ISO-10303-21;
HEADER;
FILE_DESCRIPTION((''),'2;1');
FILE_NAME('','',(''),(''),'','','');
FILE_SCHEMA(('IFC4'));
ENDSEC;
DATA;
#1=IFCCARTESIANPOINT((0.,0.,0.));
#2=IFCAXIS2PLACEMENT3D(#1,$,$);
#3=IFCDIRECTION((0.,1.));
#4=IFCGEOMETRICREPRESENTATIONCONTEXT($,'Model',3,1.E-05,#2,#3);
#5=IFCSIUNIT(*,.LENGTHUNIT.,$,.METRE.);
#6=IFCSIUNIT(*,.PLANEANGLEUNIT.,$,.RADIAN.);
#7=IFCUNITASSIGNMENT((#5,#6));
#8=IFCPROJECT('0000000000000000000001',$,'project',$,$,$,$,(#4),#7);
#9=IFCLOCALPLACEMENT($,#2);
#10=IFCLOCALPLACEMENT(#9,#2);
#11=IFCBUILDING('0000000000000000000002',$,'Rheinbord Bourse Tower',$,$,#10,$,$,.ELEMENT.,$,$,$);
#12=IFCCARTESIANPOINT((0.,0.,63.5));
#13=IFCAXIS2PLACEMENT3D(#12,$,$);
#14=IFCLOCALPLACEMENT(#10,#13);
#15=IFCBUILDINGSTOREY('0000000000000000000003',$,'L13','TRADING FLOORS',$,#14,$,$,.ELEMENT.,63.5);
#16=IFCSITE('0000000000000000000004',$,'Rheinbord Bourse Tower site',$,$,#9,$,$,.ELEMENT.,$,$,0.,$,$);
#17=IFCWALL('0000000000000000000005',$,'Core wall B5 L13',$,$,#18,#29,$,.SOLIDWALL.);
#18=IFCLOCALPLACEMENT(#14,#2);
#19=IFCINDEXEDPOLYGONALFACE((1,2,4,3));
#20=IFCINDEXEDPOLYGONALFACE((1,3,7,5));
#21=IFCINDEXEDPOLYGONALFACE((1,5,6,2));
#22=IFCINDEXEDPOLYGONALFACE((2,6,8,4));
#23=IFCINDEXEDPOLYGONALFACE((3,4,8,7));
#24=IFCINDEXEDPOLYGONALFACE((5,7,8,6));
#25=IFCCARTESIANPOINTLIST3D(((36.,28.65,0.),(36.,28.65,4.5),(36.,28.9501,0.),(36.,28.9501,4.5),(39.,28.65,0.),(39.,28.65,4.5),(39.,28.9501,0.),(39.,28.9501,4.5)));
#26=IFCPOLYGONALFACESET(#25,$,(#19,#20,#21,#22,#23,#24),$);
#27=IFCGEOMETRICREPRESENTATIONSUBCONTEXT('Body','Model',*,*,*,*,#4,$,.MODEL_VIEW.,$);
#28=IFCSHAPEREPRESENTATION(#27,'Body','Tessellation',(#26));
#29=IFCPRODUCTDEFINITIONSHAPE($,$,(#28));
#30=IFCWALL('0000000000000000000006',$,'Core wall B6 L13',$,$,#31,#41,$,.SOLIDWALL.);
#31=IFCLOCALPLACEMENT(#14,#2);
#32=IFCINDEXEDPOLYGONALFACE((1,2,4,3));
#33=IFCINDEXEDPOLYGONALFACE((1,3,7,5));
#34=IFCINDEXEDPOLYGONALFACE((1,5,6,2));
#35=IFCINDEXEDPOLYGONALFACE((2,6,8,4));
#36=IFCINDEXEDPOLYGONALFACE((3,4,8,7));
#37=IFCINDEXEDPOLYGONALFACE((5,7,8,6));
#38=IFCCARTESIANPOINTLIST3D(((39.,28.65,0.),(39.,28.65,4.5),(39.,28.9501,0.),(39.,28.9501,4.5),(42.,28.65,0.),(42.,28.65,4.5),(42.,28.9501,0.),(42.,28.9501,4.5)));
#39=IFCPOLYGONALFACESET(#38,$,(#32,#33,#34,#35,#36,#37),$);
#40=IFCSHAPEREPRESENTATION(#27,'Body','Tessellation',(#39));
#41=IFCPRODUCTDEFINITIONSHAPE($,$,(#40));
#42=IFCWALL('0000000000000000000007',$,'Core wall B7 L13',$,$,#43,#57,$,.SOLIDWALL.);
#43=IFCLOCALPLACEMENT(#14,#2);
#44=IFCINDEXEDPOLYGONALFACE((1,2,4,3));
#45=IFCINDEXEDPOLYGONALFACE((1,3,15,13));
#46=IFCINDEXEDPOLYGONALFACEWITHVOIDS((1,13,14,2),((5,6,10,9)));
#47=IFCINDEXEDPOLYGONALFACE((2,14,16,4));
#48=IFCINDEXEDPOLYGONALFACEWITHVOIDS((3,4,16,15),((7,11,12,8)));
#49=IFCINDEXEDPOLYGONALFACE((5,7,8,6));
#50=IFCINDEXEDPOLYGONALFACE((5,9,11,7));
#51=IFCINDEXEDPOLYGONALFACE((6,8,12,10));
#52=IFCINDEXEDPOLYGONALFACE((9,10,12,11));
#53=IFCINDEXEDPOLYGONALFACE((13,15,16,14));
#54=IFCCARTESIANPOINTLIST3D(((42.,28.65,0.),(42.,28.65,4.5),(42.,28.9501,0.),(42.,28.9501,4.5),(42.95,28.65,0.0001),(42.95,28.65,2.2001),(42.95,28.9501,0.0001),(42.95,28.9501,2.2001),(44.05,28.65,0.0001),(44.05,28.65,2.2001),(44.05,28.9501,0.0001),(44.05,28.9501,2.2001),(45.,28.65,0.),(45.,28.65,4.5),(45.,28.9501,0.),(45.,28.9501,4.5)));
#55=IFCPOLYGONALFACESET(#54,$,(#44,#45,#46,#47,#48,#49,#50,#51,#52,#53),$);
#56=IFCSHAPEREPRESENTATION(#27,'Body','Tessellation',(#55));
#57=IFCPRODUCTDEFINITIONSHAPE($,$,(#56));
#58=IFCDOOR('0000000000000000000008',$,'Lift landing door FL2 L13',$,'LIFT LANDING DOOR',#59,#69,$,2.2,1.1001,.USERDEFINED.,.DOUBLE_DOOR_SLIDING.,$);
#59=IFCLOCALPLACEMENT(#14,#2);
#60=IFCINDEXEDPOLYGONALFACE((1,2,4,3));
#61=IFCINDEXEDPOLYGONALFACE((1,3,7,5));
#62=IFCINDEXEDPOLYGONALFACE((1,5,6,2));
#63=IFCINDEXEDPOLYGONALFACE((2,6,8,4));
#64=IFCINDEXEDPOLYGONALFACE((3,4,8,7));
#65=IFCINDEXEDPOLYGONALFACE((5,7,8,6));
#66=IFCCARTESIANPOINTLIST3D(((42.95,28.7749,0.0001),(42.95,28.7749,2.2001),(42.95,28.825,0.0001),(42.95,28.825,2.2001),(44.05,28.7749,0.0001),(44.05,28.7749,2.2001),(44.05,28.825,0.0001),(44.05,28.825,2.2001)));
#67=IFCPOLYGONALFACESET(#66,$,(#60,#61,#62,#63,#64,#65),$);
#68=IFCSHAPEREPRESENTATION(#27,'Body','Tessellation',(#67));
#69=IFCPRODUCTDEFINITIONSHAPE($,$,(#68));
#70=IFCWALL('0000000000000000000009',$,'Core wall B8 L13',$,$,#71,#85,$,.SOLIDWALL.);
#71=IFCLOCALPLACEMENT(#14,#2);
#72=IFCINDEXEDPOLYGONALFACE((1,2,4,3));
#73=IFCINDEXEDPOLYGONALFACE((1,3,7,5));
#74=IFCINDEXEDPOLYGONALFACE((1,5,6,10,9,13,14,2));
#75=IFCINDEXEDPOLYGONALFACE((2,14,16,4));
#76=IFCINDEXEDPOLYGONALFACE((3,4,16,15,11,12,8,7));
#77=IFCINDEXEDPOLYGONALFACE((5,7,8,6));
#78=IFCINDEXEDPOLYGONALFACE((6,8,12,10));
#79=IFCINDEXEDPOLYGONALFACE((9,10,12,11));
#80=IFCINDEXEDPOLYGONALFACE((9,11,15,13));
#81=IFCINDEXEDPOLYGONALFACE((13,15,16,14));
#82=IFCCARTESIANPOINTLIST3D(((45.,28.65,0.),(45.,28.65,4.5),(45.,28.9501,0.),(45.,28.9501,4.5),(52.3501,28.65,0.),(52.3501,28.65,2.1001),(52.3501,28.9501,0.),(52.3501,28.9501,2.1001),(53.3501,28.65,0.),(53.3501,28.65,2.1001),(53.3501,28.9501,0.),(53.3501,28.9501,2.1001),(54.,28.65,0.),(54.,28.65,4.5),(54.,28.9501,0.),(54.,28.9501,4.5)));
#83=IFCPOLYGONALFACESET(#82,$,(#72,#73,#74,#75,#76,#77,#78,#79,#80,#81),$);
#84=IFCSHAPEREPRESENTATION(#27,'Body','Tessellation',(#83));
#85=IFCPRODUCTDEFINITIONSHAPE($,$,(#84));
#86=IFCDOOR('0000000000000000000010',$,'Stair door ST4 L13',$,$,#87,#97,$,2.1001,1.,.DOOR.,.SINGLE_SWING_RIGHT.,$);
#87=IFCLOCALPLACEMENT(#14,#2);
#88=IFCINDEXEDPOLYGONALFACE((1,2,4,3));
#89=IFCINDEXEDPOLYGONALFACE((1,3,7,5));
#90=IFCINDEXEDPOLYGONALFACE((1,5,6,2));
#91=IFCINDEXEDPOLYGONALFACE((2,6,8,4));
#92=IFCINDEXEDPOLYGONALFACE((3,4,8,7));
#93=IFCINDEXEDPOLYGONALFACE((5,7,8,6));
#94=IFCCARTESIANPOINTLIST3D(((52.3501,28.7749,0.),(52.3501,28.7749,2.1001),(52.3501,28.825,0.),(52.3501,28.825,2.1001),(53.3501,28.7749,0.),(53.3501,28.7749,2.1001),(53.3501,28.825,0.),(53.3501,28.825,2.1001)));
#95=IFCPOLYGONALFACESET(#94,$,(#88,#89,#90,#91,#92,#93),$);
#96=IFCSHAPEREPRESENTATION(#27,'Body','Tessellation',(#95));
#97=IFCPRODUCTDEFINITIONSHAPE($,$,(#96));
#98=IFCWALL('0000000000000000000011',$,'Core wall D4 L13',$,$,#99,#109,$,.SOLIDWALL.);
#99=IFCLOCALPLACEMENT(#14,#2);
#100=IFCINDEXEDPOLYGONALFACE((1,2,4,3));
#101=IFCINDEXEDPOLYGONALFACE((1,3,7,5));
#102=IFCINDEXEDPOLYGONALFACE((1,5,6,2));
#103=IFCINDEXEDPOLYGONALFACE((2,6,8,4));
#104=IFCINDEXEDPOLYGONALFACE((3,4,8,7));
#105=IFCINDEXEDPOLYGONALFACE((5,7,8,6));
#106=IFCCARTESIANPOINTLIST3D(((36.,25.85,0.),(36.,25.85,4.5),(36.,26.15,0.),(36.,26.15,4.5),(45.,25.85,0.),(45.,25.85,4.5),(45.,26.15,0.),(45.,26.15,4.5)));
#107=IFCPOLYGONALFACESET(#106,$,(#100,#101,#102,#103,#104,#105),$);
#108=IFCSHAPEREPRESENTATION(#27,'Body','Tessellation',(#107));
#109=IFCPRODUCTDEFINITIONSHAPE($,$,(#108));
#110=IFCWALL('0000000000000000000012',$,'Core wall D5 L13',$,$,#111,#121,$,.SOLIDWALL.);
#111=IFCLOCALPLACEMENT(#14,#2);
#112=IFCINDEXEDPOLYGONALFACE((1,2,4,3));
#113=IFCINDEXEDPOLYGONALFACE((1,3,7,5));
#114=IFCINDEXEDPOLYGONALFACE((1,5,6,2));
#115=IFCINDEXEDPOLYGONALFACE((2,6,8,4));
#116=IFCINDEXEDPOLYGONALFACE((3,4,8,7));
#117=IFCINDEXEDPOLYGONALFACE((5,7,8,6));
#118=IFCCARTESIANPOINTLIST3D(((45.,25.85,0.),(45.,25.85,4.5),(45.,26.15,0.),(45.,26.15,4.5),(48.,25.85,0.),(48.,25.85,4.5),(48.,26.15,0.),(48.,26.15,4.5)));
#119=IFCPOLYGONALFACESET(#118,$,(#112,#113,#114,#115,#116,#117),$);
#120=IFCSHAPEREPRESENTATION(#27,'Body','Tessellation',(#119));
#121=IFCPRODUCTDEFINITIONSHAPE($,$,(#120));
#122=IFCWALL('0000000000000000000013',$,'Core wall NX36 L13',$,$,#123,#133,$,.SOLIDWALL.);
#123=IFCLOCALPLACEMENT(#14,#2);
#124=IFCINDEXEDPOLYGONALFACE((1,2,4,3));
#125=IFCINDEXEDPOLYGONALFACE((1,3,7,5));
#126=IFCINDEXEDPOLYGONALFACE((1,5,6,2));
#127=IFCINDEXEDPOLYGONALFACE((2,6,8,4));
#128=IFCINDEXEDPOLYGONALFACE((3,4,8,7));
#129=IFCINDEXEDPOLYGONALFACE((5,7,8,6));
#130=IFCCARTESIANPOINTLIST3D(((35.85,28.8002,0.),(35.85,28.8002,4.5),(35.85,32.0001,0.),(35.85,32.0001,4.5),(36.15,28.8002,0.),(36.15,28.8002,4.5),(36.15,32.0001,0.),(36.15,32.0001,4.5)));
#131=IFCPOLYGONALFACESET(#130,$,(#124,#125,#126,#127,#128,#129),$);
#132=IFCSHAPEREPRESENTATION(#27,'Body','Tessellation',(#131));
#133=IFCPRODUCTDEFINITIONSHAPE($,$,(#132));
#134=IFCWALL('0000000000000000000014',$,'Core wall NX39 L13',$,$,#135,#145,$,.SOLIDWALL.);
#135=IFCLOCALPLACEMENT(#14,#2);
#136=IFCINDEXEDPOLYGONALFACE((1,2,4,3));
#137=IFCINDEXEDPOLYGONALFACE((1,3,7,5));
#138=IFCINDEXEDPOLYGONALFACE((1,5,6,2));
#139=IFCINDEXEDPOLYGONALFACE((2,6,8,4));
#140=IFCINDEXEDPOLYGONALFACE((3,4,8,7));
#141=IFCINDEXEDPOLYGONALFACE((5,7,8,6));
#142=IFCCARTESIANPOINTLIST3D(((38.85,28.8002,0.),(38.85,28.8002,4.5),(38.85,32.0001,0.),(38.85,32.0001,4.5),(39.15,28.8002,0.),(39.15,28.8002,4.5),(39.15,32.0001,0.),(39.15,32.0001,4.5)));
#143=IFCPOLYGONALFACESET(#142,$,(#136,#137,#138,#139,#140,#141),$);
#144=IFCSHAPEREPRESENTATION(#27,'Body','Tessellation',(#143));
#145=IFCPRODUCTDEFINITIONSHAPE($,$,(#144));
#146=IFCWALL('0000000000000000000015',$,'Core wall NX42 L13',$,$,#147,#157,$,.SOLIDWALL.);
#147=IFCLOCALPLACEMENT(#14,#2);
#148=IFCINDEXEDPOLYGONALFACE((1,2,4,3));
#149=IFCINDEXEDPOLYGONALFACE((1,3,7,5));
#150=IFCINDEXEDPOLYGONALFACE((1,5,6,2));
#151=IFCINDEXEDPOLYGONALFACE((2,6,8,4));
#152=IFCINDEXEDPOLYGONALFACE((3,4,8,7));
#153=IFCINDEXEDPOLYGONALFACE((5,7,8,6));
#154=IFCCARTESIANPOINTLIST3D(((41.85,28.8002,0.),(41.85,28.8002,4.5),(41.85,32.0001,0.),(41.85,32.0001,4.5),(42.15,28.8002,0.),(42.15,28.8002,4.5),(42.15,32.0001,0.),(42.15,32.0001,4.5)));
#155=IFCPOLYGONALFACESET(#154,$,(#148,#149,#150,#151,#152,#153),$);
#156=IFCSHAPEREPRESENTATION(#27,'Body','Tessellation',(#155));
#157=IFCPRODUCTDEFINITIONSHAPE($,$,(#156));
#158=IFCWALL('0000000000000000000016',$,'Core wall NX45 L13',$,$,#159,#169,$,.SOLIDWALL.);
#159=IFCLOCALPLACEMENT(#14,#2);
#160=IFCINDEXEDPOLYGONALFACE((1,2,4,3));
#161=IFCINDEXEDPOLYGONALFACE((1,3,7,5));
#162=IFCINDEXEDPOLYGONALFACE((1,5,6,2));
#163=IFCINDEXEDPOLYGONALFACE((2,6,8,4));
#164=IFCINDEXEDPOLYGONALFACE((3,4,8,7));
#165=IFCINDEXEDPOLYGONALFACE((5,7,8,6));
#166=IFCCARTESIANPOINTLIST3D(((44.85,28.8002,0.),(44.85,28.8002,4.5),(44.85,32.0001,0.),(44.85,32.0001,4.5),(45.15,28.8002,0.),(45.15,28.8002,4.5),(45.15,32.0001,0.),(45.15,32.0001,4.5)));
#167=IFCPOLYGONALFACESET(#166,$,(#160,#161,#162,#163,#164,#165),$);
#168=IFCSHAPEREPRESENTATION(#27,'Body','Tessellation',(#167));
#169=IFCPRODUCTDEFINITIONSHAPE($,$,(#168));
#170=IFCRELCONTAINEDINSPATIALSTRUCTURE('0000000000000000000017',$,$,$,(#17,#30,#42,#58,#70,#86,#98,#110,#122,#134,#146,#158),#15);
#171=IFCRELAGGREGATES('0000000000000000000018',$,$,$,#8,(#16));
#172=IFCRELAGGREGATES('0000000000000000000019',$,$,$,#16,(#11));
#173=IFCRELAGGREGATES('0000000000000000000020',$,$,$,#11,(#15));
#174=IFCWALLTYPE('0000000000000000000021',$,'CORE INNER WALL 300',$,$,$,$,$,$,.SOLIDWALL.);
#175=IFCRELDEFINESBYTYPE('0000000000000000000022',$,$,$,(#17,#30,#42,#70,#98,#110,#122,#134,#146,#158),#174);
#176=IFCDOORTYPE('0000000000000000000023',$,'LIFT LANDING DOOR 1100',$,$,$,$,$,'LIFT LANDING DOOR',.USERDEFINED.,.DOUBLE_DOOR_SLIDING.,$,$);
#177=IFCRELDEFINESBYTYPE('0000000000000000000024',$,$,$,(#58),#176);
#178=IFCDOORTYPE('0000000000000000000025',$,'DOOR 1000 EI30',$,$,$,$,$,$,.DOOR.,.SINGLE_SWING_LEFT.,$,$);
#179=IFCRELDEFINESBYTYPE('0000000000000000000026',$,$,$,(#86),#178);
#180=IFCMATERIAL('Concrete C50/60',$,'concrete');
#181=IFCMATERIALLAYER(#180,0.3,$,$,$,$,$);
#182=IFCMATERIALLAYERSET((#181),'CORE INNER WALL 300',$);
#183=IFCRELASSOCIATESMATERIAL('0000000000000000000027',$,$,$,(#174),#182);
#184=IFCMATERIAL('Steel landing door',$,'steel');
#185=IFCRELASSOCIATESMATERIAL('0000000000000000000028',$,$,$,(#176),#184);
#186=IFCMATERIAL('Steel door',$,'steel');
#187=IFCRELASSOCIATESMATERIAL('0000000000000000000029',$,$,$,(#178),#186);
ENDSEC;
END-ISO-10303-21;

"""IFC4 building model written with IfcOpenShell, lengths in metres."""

from ifc_helpers import new_model, si_unit, direction, frame, frame_2d, origin, place, context, subcontext, project, spatial, rectangle, extrude, material, layer, layer_set, type_object, element, fill, save


model = new_model("IFC4")

# Units and contexts
model_context = context("Model", 3, precision=1e-05, world=origin(), true_north=direction((0.0, 1.0)))
body_context = subcontext(model_context, "Body", "Model", "MODEL_VIEW")
ifc_project = project(units=[si_unit("LENGTHUNIT", "METRE"), si_unit("PLANEANGLEUNIT", "RADIAN")], contexts=[model_context])

# Site, building, storey
site_placement = place(None, origin())
site = spatial("IfcSite", under=ifc_project, at=site_placement, Name="Rheinbord Bourse Tower site", CompositionType="ELEMENT", RefElevation=0.0)
building_placement = place(site_placement, origin())
building = spatial("IfcBuilding", under=site, at=building_placement, Name="Rheinbord Bourse Tower", CompositionType="ELEMENT")
storey_placement = place(building_placement, frame((0.0, 0.0, 63.5)))
storey = spatial("IfcBuildingStorey", under=building, at=storey_placement, Name="L13", Description="TRADING FLOORS", CompositionType="ELEMENT", Elevation=63.5)

# Walls
ifc_material_1 = material(Name="Concrete C50/60", Category="concrete")
ifc_layer_1 = layer(ifc_material_1, 0.3)
ifc_layer_set_1 = layer_set([ifc_layer_1], Name="CORE INNER WALL 300")
wall_type_1 = type_object("IfcWallType", Name="CORE INNER WALL 300", PredefinedType="SOLIDWALL", material=ifc_layer_set_1)
for number, where, z_axis, x_axis, name in (
    (1, (36.0, 28.8, 0.0), (0.0, 0.0, 1.0), (1.0, 0.0, 0.0), "Core wall B5 L13"),
    (2, (39.0, 28.8, 0.0), (0.0, 0.0, 1.0), (1.0, 0.0, 0.0), "Core wall B6 L13"),
):
    element("IfcWall", number, at=place(storey_placement, frame(where, z_axis=z_axis, x_axis=x_axis)), inside=storey, type_object=wall_type_1, Name=name, PredefinedType="SOLIDWALL", context=body_context, shape_type="SweptSolid", body=[
        extrude(rectangle(XDim=3.0, YDim=0.3, at=frame_2d((1.5, 0.0))), origin(), (0.0, 0.0, 1.0), 4.5),
    ])

# Walls, openings, doors
wall_1_placement = place(storey_placement, frame((42.0, 28.8, 0.0), z_axis=(0.0, 0.0, 1.0), x_axis=(1.0, 0.0, 0.0)))
wall_1 = element("IfcWall", 3, at=wall_1_placement, inside=storey, type_object=wall_type_1, Name="Core wall B7 L13", PredefinedType="SOLIDWALL", context=body_context, shape_type="SweptSolid", body=[
    extrude(rectangle(XDim=3.0, YDim=0.3, at=frame_2d((1.5, 0.0))), origin(), (0.0, 0.0, 1.0), 4.5),
])
opening_1_placement = place(wall_1_placement, frame((0.95, 0.0, 0.0)))
opening_1 = element("IfcOpeningElement", 4, at=opening_1_placement, cuts=wall_1, PredefinedType="OPENING", context=body_context, shape_type="SweptSolid", body=[
    extrude(rectangle(XDim=1.1001, YDim=2.2, at=frame_2d((0.55, 1.1001))), frame((0.0, 0.1599, 0.0), z_axis=(0.0, -1.0, 0.0), x_axis=(1.0, 0.0, 0.0)), (0.0, 0.0, 1.0), 0.3201),
])
ifc_material_2 = material(Name="Steel landing door", Category="steel")
door_type_1 = type_object("IfcDoorType", Name="LIFT LANDING DOOR 1100", ElementType="LIFT LANDING DOOR", OperationType="DOUBLE_DOOR_SLIDING", PredefinedType="USERDEFINED", material=ifc_material_2)
door_1_placement = place(opening_1_placement, origin())
door_1 = element("IfcDoor", 5, at=door_1_placement, inside=storey, type_object=door_type_1, Name="Lift landing door FL2 L13", ObjectType="LIFT LANDING DOOR", OperationType="DOUBLE_DOOR_SLIDING", OverallHeight=2.2, OverallWidth=1.1001, PredefinedType="USERDEFINED", context=body_context, shape_type="SweptSolid", body=[
    extrude(rectangle(XDim=1.1001, YDim=2.2, at=frame_2d((0.55, 1.1001))), frame((0.0, 0.0249, 0.0), z_axis=(0.0, -1.0, 0.0), x_axis=(1.0, 0.0, 0.0)), (0.0, 0.0, 1.0), 0.05),
])
fill(opening_1, door_1)
wall_2_placement = place(storey_placement, frame((45.0, 28.8, 0.0), z_axis=(0.0, 0.0, 1.0), x_axis=(1.0, 0.0, 0.0)))
wall_2 = element("IfcWall", 6, at=wall_2_placement, inside=storey, type_object=wall_type_1, Name="Core wall B8 L13", PredefinedType="SOLIDWALL", context=body_context, shape_type="SweptSolid", body=[
    extrude(rectangle(XDim=9.0, YDim=0.3, at=frame_2d((4.5, 0.0))), origin(), (0.0, 0.0, 1.0), 4.5),
])
opening_2_placement = place(wall_2_placement, frame((7.3501, 0.0, 0.0)))
opening_2 = element("IfcOpeningElement", 7, at=opening_2_placement, cuts=wall_2, PredefinedType="OPENING", context=body_context, shape_type="SweptSolid", body=[
    extrude(rectangle(XDim=1.0, YDim=2.1001, at=frame_2d((0.5, 1.05))), frame((0.0, 0.1599, 0.0), z_axis=(0.0, -1.0, 0.0), x_axis=(1.0, 0.0, 0.0)), (0.0, 0.0, 1.0), 0.3201),
])
ifc_material_3 = material(Name="Steel door", Category="steel")
door_type_2 = type_object("IfcDoorType", Name="DOOR 1000 EI30", OperationType="SINGLE_SWING_LEFT", PredefinedType="DOOR", material=ifc_material_3)
door_2_placement = place(opening_2_placement, origin())
door_2 = element("IfcDoor", 8, at=door_2_placement, inside=storey, type_object=door_type_2, Name="Stair door ST4 L13", OperationType="SINGLE_SWING_RIGHT", OverallHeight=2.1001, OverallWidth=1.0, PredefinedType="DOOR", context=body_context, shape_type="SweptSolid", body=[
    extrude(rectangle(XDim=1.0, YDim=2.1001, at=frame_2d((0.5, 1.05))), frame((0.0, 0.0249, 0.0), z_axis=(0.0, -1.0, 0.0), x_axis=(1.0, 0.0, 0.0)), (0.0, 0.0, 1.0), 0.05),
])
fill(opening_2, door_2)

# Walls
wall_3_placement = place(storey_placement, frame((36.0, 26.0, 0.0), z_axis=(0.0, 0.0, 1.0), x_axis=(1.0, 0.0, 0.0)))
element("IfcWall", 9, at=wall_3_placement, inside=storey, type_object=wall_type_1, Name="Core wall D4 L13", PredefinedType="SOLIDWALL", context=body_context, shape_type="SweptSolid", body=[
    extrude(rectangle(XDim=9.0, YDim=0.3, at=frame_2d((4.5, 0.0))), origin(), (0.0, 0.0, 1.0), 4.5),
])
wall_4_placement = place(storey_placement, frame((45.0, 26.0, 0.0), z_axis=(0.0, 0.0, 1.0), x_axis=(1.0, 0.0, 0.0)))
element("IfcWall", 10, at=wall_4_placement, inside=storey, type_object=wall_type_1, Name="Core wall D5 L13", PredefinedType="SOLIDWALL", context=body_context, shape_type="SweptSolid", body=[
    extrude(rectangle(XDim=3.0, YDim=0.3, at=frame_2d((1.5, 0.0))), origin(), (0.0, 0.0, 1.0), 4.5),
])
for number, where, z_axis, x_axis, name in (
    (11, (36.0, 28.8, 0.0), (0.0, 0.0, 1.0), (0.0, 1.0, 0.0), "Core wall NX36 L13"),
    (12, (39.0, 28.8, 0.0), (0.0, 0.0, 1.0), (0.0, 1.0, 0.0), "Core wall NX39 L13"),
    (13, (42.0, 28.8, 0.0), (0.0, 0.0, 1.0), (0.0, 1.0, 0.0), "Core wall NX42 L13"),
    (14, (45.0, 28.8, 0.0), (0.0, 0.0, 1.0), (0.0, 1.0, 0.0), "Core wall NX45 L13"),
):
    element("IfcWall", number, at=place(storey_placement, frame(where, z_axis=z_axis, x_axis=x_axis)), inside=storey, type_object=wall_type_1, Name=name, PredefinedType="SOLIDWALL", context=body_context, shape_type="SweptSolid", body=[
        extrude(rectangle(XDim=3.2, YDim=0.3, at=frame_2d((1.6001, 0.0))), origin(), (0.0, 0.0, 1.0), 4.5),
    ])

save(model, "model.ifc")
